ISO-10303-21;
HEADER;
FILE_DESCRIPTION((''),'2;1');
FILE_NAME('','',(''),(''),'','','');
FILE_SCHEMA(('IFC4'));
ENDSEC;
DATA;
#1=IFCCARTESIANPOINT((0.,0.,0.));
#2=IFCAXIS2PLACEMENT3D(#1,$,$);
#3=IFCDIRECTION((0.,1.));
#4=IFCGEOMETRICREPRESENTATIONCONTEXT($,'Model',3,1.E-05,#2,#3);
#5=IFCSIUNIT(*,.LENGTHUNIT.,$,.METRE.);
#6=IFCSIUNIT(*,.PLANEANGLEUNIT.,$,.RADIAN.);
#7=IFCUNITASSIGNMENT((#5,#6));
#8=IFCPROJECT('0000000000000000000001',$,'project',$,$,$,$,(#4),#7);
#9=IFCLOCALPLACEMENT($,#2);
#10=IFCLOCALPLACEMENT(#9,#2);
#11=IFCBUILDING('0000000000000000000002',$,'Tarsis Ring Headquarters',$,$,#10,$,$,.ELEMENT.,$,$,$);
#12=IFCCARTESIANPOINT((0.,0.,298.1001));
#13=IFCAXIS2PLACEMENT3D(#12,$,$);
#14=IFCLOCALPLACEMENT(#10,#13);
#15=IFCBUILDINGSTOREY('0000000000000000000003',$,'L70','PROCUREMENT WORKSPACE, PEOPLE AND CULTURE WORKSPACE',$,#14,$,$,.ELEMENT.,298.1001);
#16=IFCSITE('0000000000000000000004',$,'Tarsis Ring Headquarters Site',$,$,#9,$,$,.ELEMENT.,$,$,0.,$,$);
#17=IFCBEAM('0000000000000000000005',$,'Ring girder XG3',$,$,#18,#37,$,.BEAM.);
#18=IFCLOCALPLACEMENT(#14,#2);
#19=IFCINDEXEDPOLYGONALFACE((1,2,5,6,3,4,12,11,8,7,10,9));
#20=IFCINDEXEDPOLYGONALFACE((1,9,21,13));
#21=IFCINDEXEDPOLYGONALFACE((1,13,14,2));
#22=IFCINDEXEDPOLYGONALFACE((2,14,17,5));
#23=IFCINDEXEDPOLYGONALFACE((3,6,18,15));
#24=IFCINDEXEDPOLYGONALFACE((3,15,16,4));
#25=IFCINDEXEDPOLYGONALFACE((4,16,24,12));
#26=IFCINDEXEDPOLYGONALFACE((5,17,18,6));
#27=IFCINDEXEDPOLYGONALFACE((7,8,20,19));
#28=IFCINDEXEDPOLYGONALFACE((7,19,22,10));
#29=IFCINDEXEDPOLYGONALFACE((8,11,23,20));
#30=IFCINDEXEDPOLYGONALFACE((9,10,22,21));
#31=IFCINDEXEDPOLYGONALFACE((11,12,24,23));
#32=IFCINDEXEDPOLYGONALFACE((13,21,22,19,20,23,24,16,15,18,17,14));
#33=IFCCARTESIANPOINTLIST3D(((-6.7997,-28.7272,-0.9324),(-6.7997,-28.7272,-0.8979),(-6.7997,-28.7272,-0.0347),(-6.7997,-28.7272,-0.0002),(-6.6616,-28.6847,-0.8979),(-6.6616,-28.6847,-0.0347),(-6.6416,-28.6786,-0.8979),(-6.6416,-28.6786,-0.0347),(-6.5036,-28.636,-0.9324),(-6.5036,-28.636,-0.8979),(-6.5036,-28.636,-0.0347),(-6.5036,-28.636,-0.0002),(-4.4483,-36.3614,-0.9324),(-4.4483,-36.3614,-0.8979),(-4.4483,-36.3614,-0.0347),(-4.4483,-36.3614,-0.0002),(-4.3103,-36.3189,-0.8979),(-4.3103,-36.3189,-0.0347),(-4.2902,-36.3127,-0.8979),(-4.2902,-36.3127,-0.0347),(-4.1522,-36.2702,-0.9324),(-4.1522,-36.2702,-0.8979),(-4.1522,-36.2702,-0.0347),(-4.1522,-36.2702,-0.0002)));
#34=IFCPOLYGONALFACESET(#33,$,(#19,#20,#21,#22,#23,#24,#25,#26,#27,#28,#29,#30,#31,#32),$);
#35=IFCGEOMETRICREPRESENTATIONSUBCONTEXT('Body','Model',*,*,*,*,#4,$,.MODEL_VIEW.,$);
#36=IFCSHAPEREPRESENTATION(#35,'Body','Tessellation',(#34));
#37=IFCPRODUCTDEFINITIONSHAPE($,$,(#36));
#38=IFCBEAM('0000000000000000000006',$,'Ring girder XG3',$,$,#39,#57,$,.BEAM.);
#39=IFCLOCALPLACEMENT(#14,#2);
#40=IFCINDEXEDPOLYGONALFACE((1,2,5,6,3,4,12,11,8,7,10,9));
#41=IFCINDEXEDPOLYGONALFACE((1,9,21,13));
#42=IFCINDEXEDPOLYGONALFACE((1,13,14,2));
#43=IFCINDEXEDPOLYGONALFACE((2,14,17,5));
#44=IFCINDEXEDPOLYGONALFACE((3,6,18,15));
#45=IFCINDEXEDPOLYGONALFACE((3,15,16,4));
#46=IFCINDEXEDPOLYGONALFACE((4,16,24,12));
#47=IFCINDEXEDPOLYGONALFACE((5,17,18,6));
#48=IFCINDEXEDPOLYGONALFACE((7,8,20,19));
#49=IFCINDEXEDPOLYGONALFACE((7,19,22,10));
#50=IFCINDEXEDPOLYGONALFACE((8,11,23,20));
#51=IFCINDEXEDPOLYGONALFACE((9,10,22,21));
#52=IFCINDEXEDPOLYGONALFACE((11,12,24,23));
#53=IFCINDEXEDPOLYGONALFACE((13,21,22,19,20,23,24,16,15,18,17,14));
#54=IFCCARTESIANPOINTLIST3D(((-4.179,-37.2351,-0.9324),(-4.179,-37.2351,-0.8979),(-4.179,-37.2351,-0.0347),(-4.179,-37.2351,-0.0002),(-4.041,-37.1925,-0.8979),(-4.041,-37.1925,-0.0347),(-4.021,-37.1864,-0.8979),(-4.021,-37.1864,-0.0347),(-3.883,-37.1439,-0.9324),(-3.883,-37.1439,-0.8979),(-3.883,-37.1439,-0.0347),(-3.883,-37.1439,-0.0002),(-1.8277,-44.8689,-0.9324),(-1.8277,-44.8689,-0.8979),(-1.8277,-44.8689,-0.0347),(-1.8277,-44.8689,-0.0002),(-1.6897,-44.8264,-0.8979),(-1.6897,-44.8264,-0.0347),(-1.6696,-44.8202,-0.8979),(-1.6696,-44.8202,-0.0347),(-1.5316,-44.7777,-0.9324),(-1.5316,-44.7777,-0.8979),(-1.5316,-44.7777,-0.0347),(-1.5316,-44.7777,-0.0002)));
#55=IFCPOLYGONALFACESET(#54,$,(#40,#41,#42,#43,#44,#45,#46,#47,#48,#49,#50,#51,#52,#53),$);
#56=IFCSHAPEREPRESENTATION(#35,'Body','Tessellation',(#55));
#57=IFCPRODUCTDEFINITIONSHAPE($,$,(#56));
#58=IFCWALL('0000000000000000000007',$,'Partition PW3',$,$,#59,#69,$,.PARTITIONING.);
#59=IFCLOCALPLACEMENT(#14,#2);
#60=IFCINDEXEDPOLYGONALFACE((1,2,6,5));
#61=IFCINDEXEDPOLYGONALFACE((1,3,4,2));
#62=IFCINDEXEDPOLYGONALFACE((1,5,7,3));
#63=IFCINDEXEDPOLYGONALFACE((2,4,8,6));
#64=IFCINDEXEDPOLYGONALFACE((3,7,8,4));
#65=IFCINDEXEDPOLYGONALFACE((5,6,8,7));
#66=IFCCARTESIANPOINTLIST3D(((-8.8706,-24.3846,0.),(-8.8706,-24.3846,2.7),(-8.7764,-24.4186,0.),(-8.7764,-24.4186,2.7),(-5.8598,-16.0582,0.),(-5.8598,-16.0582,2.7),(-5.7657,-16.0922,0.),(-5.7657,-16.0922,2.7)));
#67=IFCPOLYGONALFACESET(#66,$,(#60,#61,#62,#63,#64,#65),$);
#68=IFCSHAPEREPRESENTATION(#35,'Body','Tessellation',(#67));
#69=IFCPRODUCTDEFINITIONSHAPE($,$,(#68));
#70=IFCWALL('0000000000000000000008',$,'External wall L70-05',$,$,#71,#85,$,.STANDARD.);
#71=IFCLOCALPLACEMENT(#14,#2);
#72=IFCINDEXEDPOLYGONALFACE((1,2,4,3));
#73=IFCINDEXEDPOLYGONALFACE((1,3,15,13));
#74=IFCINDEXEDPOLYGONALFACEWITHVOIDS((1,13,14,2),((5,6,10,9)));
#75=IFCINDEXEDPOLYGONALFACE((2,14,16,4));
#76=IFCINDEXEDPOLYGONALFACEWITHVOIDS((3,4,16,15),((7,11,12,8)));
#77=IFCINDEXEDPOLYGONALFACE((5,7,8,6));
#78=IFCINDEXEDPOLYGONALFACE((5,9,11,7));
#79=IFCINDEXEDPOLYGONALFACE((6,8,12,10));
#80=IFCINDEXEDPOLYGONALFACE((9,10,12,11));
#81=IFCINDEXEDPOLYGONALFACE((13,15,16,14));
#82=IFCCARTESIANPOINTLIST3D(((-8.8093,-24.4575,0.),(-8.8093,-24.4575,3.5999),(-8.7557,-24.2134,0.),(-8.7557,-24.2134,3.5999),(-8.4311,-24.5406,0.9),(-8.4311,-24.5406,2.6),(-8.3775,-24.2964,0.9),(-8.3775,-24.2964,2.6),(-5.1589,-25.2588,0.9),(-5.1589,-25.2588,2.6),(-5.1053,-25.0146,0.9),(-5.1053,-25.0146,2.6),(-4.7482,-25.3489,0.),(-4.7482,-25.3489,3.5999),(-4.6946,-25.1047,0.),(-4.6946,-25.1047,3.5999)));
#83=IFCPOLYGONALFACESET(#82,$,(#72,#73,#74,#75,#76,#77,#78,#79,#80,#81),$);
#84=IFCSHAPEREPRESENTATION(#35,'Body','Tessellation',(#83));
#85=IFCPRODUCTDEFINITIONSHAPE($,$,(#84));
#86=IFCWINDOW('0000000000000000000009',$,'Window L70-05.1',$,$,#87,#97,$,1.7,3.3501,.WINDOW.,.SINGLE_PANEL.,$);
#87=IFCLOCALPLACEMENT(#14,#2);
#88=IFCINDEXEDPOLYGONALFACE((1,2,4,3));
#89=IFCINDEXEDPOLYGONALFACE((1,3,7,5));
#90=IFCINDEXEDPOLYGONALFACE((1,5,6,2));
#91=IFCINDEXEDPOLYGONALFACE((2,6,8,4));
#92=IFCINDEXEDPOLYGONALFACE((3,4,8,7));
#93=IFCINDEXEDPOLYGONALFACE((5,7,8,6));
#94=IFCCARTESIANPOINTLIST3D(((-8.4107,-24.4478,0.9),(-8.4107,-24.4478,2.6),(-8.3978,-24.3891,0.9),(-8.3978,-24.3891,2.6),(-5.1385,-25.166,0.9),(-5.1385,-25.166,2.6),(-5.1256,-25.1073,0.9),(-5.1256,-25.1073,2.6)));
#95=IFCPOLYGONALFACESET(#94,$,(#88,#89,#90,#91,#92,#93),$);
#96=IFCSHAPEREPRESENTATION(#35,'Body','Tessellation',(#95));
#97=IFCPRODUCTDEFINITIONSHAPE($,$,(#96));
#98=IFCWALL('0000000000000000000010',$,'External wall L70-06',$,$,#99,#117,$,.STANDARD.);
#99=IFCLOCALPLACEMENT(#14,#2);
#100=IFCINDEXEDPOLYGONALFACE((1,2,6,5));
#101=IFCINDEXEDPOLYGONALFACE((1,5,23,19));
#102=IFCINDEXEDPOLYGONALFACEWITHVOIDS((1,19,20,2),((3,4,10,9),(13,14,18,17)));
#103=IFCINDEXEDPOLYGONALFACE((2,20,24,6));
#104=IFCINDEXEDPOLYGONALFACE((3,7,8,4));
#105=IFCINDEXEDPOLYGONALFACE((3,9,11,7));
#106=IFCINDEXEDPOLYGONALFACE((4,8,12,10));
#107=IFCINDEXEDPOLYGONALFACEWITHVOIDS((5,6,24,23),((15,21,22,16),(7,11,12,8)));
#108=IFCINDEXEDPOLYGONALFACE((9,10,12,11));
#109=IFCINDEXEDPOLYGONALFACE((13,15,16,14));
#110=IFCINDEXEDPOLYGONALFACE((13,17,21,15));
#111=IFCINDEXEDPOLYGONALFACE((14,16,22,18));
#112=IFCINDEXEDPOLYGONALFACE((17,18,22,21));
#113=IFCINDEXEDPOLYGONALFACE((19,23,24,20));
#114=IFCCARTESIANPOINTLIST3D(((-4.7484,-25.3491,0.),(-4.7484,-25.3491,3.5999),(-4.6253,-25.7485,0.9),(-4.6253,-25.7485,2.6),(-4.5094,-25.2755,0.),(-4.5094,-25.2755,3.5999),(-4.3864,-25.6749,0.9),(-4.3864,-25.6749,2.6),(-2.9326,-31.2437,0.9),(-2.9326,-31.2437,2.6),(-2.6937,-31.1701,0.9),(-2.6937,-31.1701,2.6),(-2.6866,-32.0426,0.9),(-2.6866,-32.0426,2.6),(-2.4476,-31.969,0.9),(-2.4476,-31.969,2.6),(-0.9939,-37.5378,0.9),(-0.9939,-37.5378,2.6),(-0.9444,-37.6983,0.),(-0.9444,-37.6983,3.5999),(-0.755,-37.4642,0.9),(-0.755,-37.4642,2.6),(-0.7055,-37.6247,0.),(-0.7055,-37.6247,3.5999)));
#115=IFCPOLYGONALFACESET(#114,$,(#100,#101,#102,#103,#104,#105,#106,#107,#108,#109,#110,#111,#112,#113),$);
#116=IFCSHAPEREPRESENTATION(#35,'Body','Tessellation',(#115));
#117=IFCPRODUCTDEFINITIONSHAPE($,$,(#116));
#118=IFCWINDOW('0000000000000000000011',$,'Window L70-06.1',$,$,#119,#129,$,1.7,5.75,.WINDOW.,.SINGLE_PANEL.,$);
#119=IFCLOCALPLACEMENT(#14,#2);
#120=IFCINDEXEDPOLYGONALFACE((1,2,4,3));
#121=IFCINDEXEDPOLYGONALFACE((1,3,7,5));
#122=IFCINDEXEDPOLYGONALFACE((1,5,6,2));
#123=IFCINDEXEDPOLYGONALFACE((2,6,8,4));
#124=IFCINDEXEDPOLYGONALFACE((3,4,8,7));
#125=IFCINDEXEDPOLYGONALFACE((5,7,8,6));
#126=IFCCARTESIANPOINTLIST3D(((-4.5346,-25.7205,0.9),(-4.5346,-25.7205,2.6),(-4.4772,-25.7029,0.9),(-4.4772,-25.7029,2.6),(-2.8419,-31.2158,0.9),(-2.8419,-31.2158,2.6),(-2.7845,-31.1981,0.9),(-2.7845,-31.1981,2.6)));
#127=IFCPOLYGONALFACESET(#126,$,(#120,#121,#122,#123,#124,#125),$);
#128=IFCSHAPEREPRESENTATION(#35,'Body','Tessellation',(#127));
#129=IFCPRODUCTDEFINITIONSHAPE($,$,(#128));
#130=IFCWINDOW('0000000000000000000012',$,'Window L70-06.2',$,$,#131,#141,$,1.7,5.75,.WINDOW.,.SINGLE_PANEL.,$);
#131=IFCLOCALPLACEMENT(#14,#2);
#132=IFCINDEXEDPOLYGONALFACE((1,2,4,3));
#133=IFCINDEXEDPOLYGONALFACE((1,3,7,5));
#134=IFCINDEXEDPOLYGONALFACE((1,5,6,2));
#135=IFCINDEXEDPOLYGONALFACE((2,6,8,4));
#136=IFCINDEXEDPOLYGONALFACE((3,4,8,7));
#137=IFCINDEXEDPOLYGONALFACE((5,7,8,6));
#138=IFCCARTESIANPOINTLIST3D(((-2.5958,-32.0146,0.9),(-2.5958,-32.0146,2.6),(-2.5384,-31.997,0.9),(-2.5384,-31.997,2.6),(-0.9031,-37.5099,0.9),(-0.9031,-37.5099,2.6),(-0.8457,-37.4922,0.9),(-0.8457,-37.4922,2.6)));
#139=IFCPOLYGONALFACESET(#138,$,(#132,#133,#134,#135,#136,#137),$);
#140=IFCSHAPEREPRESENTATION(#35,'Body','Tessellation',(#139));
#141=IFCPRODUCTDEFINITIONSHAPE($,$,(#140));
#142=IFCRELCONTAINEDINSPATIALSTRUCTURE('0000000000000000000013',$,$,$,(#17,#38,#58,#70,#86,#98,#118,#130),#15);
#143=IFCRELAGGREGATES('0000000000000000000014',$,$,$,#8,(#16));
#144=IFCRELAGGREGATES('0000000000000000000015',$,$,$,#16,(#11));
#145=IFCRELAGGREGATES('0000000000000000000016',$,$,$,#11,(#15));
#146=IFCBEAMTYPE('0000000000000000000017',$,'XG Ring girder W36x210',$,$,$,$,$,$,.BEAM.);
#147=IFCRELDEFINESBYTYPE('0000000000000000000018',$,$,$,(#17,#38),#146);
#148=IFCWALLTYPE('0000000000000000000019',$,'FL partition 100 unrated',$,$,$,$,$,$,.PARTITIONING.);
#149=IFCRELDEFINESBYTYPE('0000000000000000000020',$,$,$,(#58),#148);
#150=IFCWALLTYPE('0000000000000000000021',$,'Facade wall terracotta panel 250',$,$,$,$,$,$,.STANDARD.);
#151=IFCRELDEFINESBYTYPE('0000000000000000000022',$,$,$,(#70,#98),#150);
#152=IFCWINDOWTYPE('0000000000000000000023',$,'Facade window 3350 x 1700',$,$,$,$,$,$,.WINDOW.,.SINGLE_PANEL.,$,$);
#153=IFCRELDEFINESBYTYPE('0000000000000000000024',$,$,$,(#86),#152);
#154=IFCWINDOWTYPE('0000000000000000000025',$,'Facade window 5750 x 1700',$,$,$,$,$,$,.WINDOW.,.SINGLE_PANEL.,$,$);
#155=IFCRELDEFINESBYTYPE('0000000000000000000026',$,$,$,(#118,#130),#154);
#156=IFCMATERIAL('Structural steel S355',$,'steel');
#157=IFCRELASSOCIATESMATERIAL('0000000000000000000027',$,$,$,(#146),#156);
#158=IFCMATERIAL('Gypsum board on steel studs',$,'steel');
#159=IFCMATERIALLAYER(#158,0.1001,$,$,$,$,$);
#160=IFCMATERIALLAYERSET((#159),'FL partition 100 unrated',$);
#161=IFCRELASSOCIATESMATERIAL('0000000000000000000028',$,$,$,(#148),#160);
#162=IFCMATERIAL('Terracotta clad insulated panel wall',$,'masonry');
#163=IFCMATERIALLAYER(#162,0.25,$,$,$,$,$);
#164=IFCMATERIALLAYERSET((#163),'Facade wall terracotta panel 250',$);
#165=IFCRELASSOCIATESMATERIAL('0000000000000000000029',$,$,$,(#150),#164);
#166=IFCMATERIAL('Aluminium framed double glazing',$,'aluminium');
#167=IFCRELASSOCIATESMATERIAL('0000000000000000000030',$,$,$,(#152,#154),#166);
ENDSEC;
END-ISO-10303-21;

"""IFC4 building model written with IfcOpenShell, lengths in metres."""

from ifc_helpers import new_model, si_unit, direction, frame, frame_2d, origin, origin_2d, place, context, subcontext, project, spatial, rectangle, i_section, extrude, material, layer, layer_set, material_profile, profile_set, type_object, element, fill, save


model = new_model("IFC4")

# Units and contexts
model_context = context("Model", 3, precision=1e-05, world=origin(), true_north=direction((0.0, 1.0)))
body_context = subcontext(model_context, "Body", "Model", "MODEL_VIEW")
ifc_project = project(units=[si_unit("LENGTHUNIT", "METRE"), si_unit("PLANEANGLEUNIT", "RADIAN")], contexts=[model_context])

# Site, building, storey
site_placement = place(None, origin())
site = spatial("IfcSite", under=ifc_project, at=site_placement, Name="Tarsis Ring Headquarters Site", CompositionType="ELEMENT", RefElevation=0.0)
building_placement = place(site_placement, origin())
building = spatial("IfcBuilding", under=site, at=building_placement, Name="Tarsis Ring Headquarters", CompositionType="ELEMENT")
storey_placement = place(building_placement, frame((0.0, 0.0, 298.1001)))
storey = spatial("IfcBuildingStorey", under=building, at=storey_placement, Name="L70", Description="PROCUREMENT WORKSPACE, PEOPLE AND CULTURE WORKSPACE", CompositionType="ELEMENT", Elevation=298.1001)

# Shared definitions
ifc_material_1 = material(Name="Structural steel S355", Category="steel")

# Beams
ifc_material_profile_1 = material_profile(ifc_material_1, i_section(OverallWidth=0.3098, OverallDepth=0.9321, WebThickness=0.021, FlangeThickness=0.0344, at=origin_2d()), Name="W36x210")
ifc_profile_set_1 = profile_set([ifc_material_profile_1], Name="Structural steel S355")
beam_type_1 = type_object("IfcBeamType", Name="XG Ring girder W36x210", PredefinedType="BEAM", material=ifc_profile_set_1)
beam_1_placement = place(storey_placement, frame((-6.6516, -28.6816, -0.4663), z_axis=(0.294359, -0.955695, 0.0), x_axis=(0.955695, 0.294359, 0.0)))
element("IfcBeam", 1, at=beam_1_placement, inside=storey, type_object=beam_type_1, Name="Ring girder XG3", PredefinedType="BEAM", context=body_context, shape_type="SweptSolid", body=[
    extrude(i_section(OverallWidth=0.3098, OverallDepth=0.9321, WebThickness=0.021, FlangeThickness=0.0344, at=origin_2d()), origin(), (0.0, 0.0, 1.0), 7.988),
])
beam_2_placement = place(storey_placement, frame((-4.031, -37.1895, -0.4663), z_axis=(0.294367, -0.955692, 0.0), x_axis=(0.955692, 0.294367, 0.0)))
element("IfcBeam", 2, at=beam_2_placement, inside=storey, type_object=beam_type_1, Name="Ring girder XG3", PredefinedType="BEAM", context=body_context, shape_type="SweptSolid", body=[
    extrude(i_section(OverallWidth=0.3098, OverallDepth=0.9321, WebThickness=0.021, FlangeThickness=0.0344, at=origin_2d()), origin(), (0.0, 0.0, 1.0), 7.9878),
])

# Wall
ifc_material_2 = material(Name="Gypsum board on steel studs", Category="steel")
ifc_layer_1 = layer(ifc_material_2, 0.1001)
ifc_layer_set_1 = layer_set([ifc_layer_1], Name="FL partition 100 unrated")
wall_type_1 = type_object("IfcWallType", Name="FL partition 100 unrated", PredefinedType="PARTITIONING", material=ifc_layer_set_1)
wall_1_placement = place(storey_placement, frame((-8.8235, -24.4016, 0.0), z_axis=(0.0, 0.0, 1.0), x_axis=(0.340042, 0.94041, 0.0)))
element("IfcWall", 3, at=wall_1_placement, inside=storey, type_object=wall_type_1, Name="Partition PW3", PredefinedType="PARTITIONING", context=body_context, shape_type="SweptSolid", body=[
    extrude(rectangle(XDim=8.854, YDim=0.1001, at=frame_2d((4.427, 0.0))), origin(), (0.0, 0.0, 1.0), 2.7),
])

# Wall, opening, window
ifc_material_3 = material(Name="Terracotta clad insulated panel wall", Category="masonry")
ifc_layer_2 = layer(ifc_material_3, 0.25)
ifc_layer_set_2 = layer_set([ifc_layer_2], Name="Facade wall terracotta panel 250")
wall_type_2 = type_object("IfcWallType", Name="Facade wall terracotta panel 250", PredefinedType="STANDARD", material=ifc_layer_set_2)
wall_2_placement = place(storey_placement, frame((-8.7825, -24.3354, 0.0), z_axis=(0.0, 0.0, 1.0), x_axis=(0.976749, -0.214387, 0.0)))
wall_2 = element("IfcWall", 4, at=wall_2_placement, inside=storey, type_object=wall_type_2, Name="External wall L70-05", PredefinedType="STANDARD", context=body_context, shape_type="SweptSolid", body=[
    extrude(rectangle(XDim=4.1577, YDim=0.25, at=frame_2d((2.0789, 0.0))), origin(), (0.0, 0.0, 1.0), 3.5999),
])
opening_1_placement = place(wall_2_placement, frame((0.3872, 0.0, 0.8999)))
opening_1 = element("IfcOpeningElement", 5, at=opening_1_placement, cuts=wall_2, PredefinedType="OPENING", context=body_context, shape_type="SweptSolid", body=[
    extrude(rectangle(XDim=3.3501, YDim=1.7, at=frame_2d((1.675, 0.8501))), frame((0.0, 0.135, 0.0), z_axis=(0.0, -1.0, 0.0), x_axis=(1.0, 0.0, 0.0)), (0.0, 0.0, 1.0), 0.27),
])
ifc_material_4 = material(Name="Aluminium framed double glazing", Category="aluminium")
window_type_1 = type_object("IfcWindowType", Name="Facade window 3350 x 1700", PartitioningType="SINGLE_PANEL", PredefinedType="WINDOW", material=ifc_material_4)
window_1_placement = place(opening_1_placement, origin())
window_1 = element("IfcWindow", 6, at=window_1_placement, inside=storey, type_object=window_type_1, Name="Window L70-05.1", OverallHeight=1.7, OverallWidth=3.3501, PartitioningType="SINGLE_PANEL", PredefinedType="WINDOW", context=body_context, shape_type="SweptSolid", body=[
    extrude(rectangle(XDim=3.3501, YDim=1.7, at=frame_2d((1.675, 0.8501))), frame((0.0, 0.03, 0.0), z_axis=(0.0, -1.0, 0.0), x_axis=(1.0, 0.0, 0.0)), (0.0, 0.0, 1.0), 0.0601),
])
fill(opening_1, window_1)

# Wall, openings, windows
wall_3_placement = place(storey_placement, frame((-4.6289, -25.3123, 0.0), z_axis=(0.0, 0.0, 1.0), x_axis=(0.294379, -0.955689, 0.0)))
wall_3 = element("IfcWall", 7, at=wall_3_placement, inside=storey, type_object=wall_type_2, Name="External wall L70-06", PredefinedType="STANDARD", context=body_context, shape_type="SweptSolid", body=[
    extrude(rectangle(XDim=12.9219, YDim=0.25, at=frame_2d((6.4609, 0.0))), origin(), (0.0, 0.0, 1.0), 3.5999),
])
opening_2_placement = place(wall_3_placement, frame((0.418, 0.0, 0.8999)))
opening_2 = element("IfcOpeningElement", 8, at=opening_2_placement, cuts=wall_3, PredefinedType="OPENING", context=body_context, shape_type="SweptSolid", body=[
    extrude(rectangle(XDim=5.75, YDim=1.7, at=frame_2d((2.875, 0.8501))), frame((0.0, 0.135, 0.0), z_axis=(0.0, -1.0, 0.0), x_axis=(1.0, 0.0, 0.0)), (0.0, 0.0, 1.0), 0.27),
])
opening_3_placement = place(wall_3_placement, frame((7.0039, 0.0, 0.8999)))
opening_3 = element("IfcOpeningElement", 9, at=opening_3_placement, cuts=wall_3, PredefinedType="OPENING", context=body_context, shape_type="SweptSolid", body=[
    extrude(rectangle(XDim=5.75, YDim=1.7, at=frame_2d((2.875, 0.8501))), frame((0.0, 0.135, 0.0), z_axis=(0.0, -1.0, 0.0), x_axis=(1.0, 0.0, 0.0)), (0.0, 0.0, 1.0), 0.27),
])
window_type_2 = type_object("IfcWindowType", Name="Facade window 5750 x 1700", PartitioningType="SINGLE_PANEL", PredefinedType="WINDOW", material=ifc_material_4)
window_2_placement = place(opening_2_placement, origin())
window_2 = element("IfcWindow", 10, at=window_2_placement, inside=storey, type_object=window_type_2, Name="Window L70-06.1", OverallHeight=1.7, OverallWidth=5.75, PartitioningType="SINGLE_PANEL", PredefinedType="WINDOW", context=body_context, shape_type="SweptSolid", body=[
    extrude(rectangle(XDim=5.75, YDim=1.7, at=frame_2d((2.875, 0.8501))), frame((0.0, 0.03, 0.0), z_axis=(0.0, -1.0, 0.0), x_axis=(1.0, 0.0, 0.0)), (0.0, 0.0, 1.0), 0.0601),
])
fill(opening_2, window_2)
window_3_placement = place(opening_3_placement, origin())
window_3 = element("IfcWindow", 11, at=window_3_placement, inside=storey, type_object=window_type_2, Name="Window L70-06.2", OverallHeight=1.7, OverallWidth=5.75, PartitioningType="SINGLE_PANEL", PredefinedType="WINDOW", context=body_context, shape_type="SweptSolid", body=[
    extrude(rectangle(XDim=5.75, YDim=1.7, at=frame_2d((2.875, 0.8501))), frame((0.0, 0.03, 0.0), z_axis=(0.0, -1.0, 0.0), x_axis=(1.0, 0.0, 0.0)), (0.0, 0.0, 1.0), 0.0601),
])
fill(opening_3, window_3)

save(model, "model.ifc")
